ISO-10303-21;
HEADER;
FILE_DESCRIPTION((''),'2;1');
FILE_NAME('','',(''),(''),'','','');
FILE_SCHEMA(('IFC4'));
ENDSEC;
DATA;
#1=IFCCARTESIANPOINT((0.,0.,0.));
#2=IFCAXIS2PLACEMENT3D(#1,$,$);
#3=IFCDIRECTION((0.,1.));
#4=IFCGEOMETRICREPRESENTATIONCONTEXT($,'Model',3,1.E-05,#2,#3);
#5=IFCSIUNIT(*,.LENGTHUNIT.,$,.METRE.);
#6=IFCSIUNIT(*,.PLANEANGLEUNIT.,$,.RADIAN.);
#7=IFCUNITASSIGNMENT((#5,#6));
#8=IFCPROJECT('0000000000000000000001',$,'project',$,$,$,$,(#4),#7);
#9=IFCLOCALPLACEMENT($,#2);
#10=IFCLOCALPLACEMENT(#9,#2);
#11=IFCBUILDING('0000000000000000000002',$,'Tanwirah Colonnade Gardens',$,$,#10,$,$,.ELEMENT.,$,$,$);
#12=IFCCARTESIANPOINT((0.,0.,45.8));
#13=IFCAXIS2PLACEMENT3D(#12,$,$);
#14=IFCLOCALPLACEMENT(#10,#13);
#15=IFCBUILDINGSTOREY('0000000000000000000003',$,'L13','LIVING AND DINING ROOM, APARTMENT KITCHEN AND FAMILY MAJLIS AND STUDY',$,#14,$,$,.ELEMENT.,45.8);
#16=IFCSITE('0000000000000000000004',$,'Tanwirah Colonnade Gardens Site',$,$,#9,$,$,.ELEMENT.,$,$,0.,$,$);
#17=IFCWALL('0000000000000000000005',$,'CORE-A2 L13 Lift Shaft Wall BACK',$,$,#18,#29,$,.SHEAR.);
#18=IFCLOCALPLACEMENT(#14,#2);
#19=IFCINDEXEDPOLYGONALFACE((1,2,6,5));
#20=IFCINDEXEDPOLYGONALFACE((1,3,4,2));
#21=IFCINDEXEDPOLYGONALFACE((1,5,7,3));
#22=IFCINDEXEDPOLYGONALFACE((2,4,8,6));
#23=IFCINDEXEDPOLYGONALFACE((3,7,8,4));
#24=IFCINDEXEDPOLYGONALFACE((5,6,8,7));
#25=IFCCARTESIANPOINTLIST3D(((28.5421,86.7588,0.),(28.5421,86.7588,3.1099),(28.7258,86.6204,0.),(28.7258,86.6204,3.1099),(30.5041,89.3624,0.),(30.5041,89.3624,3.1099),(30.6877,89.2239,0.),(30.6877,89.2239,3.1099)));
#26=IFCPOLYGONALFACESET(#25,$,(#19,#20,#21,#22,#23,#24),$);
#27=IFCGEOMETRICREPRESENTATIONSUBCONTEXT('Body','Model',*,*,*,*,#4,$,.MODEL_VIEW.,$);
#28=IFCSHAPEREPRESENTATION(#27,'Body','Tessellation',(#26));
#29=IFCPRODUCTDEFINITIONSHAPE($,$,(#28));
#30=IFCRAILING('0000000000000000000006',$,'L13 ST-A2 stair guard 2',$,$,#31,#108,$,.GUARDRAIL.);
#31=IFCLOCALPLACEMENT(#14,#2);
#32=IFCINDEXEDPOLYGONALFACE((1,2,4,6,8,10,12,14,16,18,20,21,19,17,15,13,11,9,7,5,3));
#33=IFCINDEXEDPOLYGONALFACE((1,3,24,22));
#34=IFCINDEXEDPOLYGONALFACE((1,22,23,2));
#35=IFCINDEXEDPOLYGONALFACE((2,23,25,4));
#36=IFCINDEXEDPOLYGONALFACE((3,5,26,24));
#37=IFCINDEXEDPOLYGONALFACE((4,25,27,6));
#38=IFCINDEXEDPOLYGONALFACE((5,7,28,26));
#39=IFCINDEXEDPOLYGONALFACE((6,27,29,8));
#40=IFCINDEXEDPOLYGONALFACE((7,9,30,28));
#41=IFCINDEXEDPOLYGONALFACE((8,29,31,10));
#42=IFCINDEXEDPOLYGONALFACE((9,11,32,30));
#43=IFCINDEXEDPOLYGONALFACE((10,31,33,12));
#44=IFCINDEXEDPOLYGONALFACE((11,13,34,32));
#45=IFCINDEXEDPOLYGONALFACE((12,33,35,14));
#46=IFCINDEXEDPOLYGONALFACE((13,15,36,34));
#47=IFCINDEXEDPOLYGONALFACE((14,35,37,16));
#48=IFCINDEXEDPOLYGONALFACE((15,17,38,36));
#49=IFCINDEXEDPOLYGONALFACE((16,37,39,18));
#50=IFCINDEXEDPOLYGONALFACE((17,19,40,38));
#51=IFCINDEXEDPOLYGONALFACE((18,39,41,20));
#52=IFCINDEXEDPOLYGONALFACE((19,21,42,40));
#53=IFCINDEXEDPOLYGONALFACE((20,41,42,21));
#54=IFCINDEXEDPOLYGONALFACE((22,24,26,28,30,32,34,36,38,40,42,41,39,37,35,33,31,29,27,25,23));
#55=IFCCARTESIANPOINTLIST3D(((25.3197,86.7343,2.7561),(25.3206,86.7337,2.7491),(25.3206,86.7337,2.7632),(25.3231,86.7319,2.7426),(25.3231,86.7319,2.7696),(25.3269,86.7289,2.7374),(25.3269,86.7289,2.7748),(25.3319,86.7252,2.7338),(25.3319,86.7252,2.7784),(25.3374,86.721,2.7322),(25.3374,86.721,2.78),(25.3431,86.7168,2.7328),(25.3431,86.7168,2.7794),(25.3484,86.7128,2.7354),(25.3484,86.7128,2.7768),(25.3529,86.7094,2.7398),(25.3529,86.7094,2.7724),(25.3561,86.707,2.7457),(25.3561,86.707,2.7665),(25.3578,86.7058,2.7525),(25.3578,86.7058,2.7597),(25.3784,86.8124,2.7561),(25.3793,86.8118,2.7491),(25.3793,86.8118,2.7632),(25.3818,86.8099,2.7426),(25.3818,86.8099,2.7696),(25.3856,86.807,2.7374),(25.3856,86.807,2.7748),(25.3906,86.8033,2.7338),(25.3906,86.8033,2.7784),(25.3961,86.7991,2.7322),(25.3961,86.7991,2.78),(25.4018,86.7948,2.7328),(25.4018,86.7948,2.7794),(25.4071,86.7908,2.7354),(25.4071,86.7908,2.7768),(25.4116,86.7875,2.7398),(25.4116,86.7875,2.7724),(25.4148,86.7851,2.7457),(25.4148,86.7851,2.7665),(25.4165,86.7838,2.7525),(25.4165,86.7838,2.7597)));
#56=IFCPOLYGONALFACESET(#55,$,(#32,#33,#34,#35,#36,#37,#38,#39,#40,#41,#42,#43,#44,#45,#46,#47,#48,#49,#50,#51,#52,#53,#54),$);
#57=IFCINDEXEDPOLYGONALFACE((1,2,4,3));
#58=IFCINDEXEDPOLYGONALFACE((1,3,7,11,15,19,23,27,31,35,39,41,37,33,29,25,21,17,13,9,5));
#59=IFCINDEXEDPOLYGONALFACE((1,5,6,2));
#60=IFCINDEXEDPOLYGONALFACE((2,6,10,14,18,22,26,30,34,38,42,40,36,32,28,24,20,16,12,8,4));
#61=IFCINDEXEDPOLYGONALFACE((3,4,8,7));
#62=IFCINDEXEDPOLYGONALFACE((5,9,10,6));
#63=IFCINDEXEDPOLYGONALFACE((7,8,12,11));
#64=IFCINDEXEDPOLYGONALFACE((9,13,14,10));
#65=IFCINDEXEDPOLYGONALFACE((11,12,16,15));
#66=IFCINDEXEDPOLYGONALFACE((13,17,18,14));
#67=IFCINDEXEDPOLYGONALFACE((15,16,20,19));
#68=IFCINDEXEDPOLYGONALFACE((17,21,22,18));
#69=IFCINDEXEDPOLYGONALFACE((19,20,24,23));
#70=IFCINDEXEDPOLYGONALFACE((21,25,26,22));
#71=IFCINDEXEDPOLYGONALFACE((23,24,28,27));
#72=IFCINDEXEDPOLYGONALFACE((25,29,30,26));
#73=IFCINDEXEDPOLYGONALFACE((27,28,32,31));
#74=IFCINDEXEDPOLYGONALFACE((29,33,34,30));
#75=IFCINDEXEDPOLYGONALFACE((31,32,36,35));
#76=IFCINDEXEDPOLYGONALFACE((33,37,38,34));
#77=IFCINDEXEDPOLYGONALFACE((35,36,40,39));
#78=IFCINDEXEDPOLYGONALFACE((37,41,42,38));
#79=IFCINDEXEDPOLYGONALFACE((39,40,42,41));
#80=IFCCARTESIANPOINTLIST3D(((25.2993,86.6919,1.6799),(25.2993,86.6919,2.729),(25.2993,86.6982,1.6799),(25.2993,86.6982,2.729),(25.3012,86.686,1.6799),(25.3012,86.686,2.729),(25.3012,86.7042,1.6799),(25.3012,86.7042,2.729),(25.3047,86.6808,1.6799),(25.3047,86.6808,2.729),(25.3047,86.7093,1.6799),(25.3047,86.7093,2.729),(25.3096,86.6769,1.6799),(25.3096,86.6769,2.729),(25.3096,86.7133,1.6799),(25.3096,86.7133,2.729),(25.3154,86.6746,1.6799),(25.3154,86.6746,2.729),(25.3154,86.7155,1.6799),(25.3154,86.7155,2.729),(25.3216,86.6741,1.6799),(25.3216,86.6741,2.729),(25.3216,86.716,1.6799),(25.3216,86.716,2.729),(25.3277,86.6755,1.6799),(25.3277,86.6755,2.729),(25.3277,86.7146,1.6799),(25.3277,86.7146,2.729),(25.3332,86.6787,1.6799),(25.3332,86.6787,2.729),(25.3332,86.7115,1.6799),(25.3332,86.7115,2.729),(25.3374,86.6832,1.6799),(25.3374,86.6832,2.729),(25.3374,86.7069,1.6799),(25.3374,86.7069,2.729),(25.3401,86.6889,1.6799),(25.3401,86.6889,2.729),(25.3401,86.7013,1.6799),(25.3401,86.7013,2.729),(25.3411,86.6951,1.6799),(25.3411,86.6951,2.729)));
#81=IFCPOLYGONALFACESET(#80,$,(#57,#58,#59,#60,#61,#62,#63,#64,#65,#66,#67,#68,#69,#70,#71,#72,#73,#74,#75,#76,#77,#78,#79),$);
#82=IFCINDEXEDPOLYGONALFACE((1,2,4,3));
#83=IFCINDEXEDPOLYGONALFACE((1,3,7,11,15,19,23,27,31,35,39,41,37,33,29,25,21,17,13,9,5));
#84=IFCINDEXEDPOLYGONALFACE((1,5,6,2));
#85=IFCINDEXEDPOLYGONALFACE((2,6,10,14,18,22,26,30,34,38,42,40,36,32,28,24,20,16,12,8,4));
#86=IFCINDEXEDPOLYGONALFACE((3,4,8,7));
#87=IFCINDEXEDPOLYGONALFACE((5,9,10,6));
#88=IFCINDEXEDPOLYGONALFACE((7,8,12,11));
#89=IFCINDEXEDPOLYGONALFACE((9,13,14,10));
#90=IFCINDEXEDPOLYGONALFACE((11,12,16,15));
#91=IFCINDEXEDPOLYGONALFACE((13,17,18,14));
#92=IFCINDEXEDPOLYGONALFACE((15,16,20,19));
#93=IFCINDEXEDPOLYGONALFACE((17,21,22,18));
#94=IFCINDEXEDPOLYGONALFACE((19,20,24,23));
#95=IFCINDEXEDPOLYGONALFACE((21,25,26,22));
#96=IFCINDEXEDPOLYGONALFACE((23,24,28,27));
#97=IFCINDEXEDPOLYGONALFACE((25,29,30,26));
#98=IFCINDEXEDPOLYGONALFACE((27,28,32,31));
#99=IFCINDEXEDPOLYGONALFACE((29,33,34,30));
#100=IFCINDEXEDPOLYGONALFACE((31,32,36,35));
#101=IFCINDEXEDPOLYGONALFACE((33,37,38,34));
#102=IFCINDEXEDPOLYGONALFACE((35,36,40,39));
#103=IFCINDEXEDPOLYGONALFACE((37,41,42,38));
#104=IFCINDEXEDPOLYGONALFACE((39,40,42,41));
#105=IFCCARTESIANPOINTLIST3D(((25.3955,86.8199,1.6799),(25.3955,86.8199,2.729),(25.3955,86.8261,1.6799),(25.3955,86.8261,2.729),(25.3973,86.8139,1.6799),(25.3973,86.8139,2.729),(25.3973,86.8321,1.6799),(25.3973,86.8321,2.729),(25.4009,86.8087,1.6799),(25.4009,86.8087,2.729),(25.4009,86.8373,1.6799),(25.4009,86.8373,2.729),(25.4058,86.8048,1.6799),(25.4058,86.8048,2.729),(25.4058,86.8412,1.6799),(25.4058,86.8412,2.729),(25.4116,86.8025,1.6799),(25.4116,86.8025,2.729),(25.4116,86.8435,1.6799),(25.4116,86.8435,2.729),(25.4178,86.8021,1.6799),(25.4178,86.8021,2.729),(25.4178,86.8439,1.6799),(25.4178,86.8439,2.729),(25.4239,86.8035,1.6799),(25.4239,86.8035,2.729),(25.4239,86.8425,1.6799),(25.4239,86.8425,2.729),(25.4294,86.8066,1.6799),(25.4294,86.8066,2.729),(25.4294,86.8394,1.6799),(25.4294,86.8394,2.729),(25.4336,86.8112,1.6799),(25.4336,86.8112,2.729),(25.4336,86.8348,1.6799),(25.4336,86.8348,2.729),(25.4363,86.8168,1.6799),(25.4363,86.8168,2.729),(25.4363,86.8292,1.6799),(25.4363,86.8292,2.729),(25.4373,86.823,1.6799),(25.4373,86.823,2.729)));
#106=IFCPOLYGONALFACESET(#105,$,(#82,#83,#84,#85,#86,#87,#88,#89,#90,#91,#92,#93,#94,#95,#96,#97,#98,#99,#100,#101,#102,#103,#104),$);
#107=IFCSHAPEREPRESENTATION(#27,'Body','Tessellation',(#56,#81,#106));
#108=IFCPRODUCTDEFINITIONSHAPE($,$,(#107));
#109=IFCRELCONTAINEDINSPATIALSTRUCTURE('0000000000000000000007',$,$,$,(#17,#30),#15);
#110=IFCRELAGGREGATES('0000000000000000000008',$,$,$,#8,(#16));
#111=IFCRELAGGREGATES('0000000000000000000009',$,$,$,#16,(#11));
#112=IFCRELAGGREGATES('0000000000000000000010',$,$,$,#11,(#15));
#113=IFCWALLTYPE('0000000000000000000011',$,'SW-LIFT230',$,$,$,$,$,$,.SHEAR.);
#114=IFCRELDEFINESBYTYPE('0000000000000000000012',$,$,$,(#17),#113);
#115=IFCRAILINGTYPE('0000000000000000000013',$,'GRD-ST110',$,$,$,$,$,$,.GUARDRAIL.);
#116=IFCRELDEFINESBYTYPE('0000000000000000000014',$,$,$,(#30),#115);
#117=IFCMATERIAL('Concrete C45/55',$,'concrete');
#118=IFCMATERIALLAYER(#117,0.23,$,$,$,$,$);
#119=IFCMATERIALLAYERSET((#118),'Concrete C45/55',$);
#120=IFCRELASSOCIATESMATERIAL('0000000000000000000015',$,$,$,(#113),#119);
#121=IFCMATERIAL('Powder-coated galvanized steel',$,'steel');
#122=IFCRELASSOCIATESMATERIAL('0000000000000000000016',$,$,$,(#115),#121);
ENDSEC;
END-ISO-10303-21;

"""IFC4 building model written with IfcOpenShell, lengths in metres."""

from ifc_helpers import new_model, si_unit, direction, frame, frame_2d, origin, origin_2d, place, context, subcontext, project, spatial, rectangle, circle, extrude, material, layer, layer_set, type_object, element, save


model = new_model("IFC4")

# Units and contexts
model_context = context("Model", 3, precision=1e-05, world=origin(), true_north=direction((0.0, 1.0)))
body_context = subcontext(model_context, "Body", "Model", "MODEL_VIEW")
ifc_project = project(units=[si_unit("LENGTHUNIT", "METRE"), si_unit("PLANEANGLEUNIT", "RADIAN")], contexts=[model_context])

# Site, building, storey
site_placement = place(None, origin())
site = spatial("IfcSite", under=ifc_project, at=site_placement, Name="Tanwirah Colonnade Gardens Site", CompositionType="ELEMENT", RefElevation=0.0)
building_placement = place(site_placement, origin())
building = spatial("IfcBuilding", under=site, at=building_placement, Name="Tanwirah Colonnade Gardens", CompositionType="ELEMENT")
storey_placement = place(building_placement, frame((0.0, 0.0, 45.8)))
storey = spatial("IfcBuildingStorey", under=building, at=storey_placement, Name="L13", Description="LIVING AND DINING ROOM, APARTMENT KITCHEN AND FAMILY MAJLIS AND STUDY", CompositionType="ELEMENT", Elevation=45.8)

# Wall
ifc_material_1 = material(Name="Concrete C45/55", Category="concrete")
ifc_layer_1 = layer(ifc_material_1, 0.23)
ifc_layer_set_1 = layer_set([ifc_layer_1], Name="Concrete C45/55")
wall_type_1 = type_object("IfcWallType", Name="SW-LIFT230", PredefinedType="SHEAR", material=ifc_layer_set_1)
wall_1_placement = place(storey_placement, frame((28.634, 86.6897, 0.0), z_axis=(0.0, 0.0, 1.0), x_axis=(0.60182, 0.798632, 0.0)))
element("IfcWall", 1, at=wall_1_placement, inside=storey, type_object=wall_type_1, Name="CORE-A2 L13 Lift Shaft Wall BACK", PredefinedType="SHEAR", context=body_context, shape_type="SweptSolid", body=[
    extrude(rectangle(XDim=3.26, YDim=0.23, at=frame_2d((1.6299, 0.0))), origin(), (0.0, 0.0, 1.0), 3.1099),
])

# Railing
ifc_material_2 = material(Name="Powder-coated galvanized steel", Category="steel")
railing_type_1 = type_object("IfcRailingType", Name="GRD-ST110", PredefinedType="GUARDRAIL", material=ifc_material_2)
railing_1_placement = place(storey_placement, frame((25.3201, 86.6951, 1.6799)))
element("IfcRailing", 2, at=railing_1_placement, inside=storey, type_object=railing_type_1, Name="L13 ST-A2 stair guard 2", PredefinedType="GUARDRAIL", context=body_context, shape_type="SweptSolid", body=[
    extrude(circle(Radius=0.0239, at=origin_2d()), frame((0.0188, 0.0249, 1.0762), z_axis=(0.600976, 0.799267, 0.0), x_axis=(-0.799267, 0.600976, 0.0)), (0.0, 0.0, 1.0), 0.0977),
    extrude(circle(Radius=0.021, at=origin_2d()), origin(), (0.0, 0.0, 1.0), 1.0491),
    extrude(circle(Radius=0.021, at=origin_2d()), frame((0.0962, 0.1279, 0.0)), (0.0, 0.0, 1.0), 1.0491),
])

save(model, "model.ifc")
